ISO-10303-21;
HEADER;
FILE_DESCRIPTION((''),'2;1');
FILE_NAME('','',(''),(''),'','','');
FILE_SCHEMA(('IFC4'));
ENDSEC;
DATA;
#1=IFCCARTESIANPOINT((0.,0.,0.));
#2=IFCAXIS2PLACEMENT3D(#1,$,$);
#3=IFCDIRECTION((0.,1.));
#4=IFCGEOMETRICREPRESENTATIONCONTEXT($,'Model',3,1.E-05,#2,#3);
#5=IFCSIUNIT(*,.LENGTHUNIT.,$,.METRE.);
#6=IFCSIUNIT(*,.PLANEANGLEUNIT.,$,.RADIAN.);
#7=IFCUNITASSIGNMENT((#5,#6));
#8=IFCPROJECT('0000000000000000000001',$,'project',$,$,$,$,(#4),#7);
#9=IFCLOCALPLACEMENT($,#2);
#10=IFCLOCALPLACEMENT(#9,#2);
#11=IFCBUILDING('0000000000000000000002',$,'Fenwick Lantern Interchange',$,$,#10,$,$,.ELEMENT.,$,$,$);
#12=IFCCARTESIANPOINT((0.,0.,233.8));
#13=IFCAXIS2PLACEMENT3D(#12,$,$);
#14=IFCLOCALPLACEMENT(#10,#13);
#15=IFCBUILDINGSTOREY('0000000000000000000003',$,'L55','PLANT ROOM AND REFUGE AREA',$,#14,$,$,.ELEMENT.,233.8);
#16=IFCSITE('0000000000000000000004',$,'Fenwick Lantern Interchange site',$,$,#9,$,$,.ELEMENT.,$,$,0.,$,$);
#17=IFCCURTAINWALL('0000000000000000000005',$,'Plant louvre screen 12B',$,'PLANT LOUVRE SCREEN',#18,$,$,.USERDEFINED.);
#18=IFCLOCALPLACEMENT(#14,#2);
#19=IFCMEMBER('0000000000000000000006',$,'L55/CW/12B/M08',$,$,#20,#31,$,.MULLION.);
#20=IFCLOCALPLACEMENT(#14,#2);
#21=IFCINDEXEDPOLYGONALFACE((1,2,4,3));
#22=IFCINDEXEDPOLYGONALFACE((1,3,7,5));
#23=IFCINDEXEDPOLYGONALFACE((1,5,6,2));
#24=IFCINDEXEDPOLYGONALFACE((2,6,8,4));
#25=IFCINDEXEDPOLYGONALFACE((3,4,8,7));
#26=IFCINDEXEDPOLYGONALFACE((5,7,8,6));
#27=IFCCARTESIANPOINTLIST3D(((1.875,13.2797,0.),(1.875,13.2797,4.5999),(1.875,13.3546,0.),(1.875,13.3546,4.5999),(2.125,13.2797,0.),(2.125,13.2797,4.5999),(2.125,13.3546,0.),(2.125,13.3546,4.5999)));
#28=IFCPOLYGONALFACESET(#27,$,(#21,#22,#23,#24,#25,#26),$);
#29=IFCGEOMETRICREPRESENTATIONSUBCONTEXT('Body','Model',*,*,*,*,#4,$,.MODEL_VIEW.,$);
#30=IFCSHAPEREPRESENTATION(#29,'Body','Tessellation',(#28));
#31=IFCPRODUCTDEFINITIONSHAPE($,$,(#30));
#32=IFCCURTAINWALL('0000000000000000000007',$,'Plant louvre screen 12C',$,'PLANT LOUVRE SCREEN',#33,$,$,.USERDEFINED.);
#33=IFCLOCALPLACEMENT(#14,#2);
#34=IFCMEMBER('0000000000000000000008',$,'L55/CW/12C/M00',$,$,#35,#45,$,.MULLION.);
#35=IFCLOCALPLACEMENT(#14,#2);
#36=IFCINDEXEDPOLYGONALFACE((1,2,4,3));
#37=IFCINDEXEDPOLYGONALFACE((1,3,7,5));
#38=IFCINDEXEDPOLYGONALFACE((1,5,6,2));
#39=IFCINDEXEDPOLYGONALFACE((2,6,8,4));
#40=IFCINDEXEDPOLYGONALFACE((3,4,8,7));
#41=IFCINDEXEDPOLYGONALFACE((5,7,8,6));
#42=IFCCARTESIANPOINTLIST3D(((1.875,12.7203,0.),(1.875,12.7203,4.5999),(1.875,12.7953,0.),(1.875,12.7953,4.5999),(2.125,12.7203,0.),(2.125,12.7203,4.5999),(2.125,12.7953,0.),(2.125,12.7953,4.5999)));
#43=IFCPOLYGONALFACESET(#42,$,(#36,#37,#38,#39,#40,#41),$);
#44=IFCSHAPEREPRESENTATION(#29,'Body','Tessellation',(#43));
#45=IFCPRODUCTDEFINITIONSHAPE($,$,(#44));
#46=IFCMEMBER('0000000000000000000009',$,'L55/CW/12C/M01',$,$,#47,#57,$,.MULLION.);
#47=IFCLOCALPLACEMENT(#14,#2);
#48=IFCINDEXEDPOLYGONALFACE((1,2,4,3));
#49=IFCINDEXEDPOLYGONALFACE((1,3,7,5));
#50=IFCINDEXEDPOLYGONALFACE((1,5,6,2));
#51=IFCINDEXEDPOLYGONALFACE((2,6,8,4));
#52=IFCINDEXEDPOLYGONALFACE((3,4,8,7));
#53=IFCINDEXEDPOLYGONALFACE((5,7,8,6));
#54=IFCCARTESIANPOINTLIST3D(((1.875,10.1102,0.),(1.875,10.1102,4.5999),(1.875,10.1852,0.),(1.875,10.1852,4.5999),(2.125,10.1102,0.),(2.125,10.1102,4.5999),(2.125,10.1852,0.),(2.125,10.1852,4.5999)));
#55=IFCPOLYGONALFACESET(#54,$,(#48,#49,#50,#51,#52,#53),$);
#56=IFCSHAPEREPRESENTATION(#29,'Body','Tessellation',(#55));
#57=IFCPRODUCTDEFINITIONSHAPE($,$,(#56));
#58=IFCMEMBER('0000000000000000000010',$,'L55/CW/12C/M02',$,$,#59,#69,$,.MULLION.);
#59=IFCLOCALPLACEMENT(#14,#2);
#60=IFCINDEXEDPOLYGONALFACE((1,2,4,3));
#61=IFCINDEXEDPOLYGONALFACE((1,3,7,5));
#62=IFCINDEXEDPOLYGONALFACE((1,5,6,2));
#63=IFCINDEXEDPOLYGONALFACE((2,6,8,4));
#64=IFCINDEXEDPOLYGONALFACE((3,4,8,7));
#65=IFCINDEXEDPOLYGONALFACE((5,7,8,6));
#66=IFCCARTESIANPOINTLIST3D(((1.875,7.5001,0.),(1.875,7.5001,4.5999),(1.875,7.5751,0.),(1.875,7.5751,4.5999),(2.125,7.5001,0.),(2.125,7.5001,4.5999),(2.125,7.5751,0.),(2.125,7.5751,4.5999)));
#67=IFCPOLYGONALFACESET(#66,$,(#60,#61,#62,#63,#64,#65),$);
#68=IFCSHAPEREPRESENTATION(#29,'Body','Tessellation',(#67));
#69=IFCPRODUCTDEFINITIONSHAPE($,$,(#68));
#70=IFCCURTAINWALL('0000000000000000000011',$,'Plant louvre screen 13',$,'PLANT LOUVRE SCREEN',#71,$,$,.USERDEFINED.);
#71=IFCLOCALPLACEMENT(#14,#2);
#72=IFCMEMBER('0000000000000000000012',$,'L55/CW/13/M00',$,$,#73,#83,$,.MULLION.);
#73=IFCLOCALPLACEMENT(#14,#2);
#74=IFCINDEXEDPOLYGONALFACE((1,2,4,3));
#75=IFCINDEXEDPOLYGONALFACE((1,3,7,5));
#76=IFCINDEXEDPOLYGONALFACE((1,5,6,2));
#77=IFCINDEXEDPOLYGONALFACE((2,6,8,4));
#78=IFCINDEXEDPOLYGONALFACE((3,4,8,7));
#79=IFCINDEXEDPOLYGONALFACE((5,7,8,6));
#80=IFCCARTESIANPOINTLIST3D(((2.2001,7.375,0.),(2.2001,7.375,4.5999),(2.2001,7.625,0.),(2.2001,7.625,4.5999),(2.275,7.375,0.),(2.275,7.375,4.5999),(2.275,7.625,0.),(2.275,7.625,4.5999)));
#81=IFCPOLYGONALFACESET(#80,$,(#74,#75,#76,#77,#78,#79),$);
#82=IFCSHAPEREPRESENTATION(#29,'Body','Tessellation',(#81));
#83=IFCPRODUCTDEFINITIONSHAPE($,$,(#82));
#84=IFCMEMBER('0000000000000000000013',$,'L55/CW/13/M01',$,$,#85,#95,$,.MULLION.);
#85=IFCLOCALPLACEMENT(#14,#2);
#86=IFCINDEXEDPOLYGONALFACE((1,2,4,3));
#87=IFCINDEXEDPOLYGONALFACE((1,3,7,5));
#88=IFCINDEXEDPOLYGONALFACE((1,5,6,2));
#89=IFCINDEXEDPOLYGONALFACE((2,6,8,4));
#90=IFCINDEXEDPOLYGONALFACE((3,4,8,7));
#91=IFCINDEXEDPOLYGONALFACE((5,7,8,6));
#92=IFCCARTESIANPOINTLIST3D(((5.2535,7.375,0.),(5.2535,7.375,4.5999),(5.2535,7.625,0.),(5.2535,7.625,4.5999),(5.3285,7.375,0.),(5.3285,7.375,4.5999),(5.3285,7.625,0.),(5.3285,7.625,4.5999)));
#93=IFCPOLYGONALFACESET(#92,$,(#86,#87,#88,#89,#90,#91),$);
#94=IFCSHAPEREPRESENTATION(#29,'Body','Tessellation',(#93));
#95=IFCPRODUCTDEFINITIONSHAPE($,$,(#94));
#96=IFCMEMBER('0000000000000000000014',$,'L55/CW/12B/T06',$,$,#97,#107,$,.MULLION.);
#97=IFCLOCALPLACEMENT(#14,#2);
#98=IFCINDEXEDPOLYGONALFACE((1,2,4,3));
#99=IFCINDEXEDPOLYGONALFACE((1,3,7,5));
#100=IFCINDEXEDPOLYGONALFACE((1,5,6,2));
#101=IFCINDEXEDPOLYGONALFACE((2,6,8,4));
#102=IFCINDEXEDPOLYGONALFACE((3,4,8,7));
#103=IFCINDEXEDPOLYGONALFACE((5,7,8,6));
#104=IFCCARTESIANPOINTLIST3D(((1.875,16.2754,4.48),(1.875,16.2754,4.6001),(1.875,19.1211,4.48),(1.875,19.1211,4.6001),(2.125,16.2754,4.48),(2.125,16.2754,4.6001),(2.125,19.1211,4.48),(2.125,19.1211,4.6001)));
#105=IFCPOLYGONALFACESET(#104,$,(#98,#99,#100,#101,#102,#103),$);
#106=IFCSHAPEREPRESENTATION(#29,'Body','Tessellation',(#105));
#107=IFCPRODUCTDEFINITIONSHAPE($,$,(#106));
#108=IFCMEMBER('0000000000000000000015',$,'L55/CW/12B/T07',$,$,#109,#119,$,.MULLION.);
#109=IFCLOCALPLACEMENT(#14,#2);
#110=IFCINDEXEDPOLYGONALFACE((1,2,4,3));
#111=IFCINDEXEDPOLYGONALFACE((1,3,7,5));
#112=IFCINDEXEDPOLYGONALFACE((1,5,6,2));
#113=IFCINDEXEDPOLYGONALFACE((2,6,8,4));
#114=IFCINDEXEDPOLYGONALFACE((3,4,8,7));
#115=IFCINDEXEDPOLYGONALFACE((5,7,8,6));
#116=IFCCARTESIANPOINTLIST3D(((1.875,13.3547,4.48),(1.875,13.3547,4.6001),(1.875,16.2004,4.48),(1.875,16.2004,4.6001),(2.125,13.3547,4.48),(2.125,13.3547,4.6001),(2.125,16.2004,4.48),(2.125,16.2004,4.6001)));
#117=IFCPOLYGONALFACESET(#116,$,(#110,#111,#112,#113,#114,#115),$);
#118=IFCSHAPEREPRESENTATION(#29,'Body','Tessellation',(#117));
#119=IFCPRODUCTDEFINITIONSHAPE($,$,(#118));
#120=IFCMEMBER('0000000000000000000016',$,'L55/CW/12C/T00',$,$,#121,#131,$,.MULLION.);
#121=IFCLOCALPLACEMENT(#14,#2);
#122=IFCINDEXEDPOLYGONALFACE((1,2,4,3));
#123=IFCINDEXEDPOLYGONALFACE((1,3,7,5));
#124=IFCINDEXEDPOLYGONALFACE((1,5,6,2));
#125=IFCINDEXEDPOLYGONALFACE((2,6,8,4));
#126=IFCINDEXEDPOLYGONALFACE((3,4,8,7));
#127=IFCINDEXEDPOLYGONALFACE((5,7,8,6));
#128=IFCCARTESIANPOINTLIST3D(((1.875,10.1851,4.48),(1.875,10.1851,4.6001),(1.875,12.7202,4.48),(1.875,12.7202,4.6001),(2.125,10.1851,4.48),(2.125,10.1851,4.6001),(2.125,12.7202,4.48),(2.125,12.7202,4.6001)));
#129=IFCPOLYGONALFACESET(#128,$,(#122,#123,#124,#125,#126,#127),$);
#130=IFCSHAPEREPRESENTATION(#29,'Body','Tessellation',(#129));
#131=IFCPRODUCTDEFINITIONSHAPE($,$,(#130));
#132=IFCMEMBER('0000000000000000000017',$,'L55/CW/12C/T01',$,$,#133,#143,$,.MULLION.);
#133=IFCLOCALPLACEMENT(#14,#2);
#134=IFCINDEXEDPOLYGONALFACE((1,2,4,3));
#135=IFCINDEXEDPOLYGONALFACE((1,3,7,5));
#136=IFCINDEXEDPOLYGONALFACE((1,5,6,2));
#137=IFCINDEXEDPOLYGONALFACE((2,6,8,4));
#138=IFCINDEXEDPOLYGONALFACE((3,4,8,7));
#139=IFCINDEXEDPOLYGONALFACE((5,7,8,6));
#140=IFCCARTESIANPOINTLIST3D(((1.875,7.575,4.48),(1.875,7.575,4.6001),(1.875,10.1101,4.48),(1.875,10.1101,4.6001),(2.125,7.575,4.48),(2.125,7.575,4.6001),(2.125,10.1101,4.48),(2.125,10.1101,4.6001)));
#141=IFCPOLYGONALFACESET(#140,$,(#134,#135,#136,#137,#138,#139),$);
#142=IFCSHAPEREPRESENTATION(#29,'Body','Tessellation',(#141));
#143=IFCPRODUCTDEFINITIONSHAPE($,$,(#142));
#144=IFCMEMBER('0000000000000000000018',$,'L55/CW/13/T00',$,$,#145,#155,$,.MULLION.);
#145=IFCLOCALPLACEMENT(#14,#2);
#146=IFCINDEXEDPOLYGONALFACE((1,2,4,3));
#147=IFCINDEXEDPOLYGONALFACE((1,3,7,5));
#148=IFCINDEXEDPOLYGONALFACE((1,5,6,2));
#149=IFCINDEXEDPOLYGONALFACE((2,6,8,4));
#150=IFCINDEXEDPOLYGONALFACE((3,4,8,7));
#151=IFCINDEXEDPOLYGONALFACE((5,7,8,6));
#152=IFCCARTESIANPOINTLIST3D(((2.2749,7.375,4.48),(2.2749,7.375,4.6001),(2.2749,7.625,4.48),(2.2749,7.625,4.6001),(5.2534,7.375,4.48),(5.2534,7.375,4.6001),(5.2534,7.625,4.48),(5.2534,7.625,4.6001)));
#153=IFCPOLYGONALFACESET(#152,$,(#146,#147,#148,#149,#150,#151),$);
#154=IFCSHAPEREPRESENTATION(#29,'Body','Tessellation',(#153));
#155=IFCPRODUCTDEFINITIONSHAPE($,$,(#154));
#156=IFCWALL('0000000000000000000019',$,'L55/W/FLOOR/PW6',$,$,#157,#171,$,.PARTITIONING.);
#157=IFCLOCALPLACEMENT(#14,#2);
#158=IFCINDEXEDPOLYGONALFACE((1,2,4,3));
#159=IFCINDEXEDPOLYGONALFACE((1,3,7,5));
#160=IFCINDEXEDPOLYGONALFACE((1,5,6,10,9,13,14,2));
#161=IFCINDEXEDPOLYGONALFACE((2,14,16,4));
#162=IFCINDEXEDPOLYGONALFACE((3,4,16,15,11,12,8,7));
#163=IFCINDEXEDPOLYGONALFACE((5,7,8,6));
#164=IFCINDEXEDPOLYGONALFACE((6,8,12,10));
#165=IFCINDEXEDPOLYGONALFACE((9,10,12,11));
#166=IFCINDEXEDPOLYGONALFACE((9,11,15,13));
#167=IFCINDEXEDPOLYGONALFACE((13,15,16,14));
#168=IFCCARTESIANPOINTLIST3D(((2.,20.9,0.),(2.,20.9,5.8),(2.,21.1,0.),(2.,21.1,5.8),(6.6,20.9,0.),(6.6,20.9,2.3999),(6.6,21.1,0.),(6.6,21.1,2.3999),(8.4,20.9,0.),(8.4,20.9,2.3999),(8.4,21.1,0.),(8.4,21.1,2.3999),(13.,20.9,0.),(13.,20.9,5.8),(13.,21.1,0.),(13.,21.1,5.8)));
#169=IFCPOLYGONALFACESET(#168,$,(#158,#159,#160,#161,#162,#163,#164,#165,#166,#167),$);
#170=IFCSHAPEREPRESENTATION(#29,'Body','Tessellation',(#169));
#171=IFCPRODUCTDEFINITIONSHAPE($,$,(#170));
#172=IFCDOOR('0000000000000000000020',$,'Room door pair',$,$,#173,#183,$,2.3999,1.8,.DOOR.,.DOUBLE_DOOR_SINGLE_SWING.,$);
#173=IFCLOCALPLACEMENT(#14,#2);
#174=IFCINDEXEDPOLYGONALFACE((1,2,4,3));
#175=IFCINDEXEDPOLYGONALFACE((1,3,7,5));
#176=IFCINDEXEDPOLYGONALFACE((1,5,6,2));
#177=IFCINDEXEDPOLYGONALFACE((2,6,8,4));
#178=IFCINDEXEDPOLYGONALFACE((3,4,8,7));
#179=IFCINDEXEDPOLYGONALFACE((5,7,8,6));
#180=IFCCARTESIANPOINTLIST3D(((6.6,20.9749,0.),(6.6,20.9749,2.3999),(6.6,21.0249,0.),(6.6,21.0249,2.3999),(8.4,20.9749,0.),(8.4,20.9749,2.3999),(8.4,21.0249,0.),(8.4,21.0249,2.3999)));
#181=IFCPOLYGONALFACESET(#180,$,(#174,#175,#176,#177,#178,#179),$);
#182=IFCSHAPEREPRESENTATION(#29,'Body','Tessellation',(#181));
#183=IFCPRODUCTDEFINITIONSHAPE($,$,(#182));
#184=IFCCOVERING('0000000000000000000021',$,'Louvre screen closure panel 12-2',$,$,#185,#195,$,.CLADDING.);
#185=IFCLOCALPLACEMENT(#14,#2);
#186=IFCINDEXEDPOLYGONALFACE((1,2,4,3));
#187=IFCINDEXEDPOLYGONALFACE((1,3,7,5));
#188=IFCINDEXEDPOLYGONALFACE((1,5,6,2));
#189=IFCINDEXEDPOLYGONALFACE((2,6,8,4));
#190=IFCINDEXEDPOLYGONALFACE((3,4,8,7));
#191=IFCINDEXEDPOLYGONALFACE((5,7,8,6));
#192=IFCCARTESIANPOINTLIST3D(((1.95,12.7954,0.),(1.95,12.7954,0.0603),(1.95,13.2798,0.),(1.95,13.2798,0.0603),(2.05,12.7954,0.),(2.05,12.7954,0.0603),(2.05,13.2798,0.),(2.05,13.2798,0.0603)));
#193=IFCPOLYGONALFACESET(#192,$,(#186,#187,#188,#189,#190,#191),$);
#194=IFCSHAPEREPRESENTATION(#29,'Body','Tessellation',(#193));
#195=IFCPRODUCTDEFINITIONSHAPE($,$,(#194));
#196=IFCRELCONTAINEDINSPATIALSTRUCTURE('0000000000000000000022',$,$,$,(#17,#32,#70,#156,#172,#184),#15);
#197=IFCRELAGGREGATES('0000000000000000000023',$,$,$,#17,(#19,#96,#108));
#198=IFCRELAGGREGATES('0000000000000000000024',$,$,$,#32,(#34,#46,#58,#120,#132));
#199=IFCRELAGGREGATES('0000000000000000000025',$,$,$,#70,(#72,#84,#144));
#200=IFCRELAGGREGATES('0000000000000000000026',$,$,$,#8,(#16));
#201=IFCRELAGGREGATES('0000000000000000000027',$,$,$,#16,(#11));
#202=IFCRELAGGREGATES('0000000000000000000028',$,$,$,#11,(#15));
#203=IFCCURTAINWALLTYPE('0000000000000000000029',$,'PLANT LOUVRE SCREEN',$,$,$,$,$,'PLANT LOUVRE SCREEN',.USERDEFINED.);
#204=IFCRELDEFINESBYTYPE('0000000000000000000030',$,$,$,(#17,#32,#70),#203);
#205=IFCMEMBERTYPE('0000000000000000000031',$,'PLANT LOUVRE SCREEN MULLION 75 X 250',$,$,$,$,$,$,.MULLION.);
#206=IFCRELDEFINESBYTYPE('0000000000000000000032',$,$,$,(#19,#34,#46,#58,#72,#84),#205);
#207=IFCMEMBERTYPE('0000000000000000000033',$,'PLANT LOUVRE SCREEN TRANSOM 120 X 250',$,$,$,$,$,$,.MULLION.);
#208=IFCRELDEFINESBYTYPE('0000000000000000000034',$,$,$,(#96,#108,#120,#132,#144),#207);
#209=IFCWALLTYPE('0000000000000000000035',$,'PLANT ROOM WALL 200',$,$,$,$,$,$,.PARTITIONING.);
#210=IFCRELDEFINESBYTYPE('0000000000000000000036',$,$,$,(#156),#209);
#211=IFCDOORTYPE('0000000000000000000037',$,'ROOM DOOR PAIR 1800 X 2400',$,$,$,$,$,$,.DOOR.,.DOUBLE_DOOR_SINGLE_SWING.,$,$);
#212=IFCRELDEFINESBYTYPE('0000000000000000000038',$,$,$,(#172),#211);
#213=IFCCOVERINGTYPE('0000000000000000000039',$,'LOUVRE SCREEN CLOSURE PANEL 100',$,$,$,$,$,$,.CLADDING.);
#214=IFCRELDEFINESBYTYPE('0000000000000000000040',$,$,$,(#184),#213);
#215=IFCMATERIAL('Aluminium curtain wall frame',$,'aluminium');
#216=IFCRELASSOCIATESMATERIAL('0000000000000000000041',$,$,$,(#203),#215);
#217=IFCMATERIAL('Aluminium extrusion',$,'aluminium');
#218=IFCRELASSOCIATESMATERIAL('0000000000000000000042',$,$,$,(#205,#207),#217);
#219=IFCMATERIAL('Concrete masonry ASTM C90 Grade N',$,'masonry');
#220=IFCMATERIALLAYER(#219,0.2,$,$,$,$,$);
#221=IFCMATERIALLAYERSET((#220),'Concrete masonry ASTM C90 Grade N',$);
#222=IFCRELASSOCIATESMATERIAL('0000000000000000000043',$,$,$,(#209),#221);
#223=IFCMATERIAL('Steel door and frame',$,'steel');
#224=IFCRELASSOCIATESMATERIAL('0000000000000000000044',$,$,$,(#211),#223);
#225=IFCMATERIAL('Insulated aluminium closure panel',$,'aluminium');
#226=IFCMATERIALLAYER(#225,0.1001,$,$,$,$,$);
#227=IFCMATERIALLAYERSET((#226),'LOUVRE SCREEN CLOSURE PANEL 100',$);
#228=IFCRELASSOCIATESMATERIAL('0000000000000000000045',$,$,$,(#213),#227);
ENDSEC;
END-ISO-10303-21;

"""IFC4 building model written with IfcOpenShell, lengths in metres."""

from ifc_helpers import new_model, si_unit, direction, frame, frame_2d, origin, origin_2d, place, context, subcontext, project, spatial, rectangle, extrude, material, layer, layer_set, material_profile, profile_set, type_object, element, fill, aggregate, save


model = new_model("IFC4")

# Units and contexts
model_context = context("Model", 3, precision=1e-05, world=origin(), true_north=direction((0.0, 1.0)))
body_context = subcontext(model_context, "Body", "Model", "MODEL_VIEW")
ifc_project = project(units=[si_unit("LENGTHUNIT", "METRE"), si_unit("PLANEANGLEUNIT", "RADIAN")], contexts=[model_context])

# Site, building, storey
site_placement = place(None, origin())
site = spatial("IfcSite", under=ifc_project, at=site_placement, Name="Fenwick Lantern Interchange site", CompositionType="ELEMENT", RefElevation=0.0)
building_placement = place(site_placement, origin())
building = spatial("IfcBuilding", under=site, at=building_placement, Name="Fenwick Lantern Interchange", CompositionType="ELEMENT")
storey_placement = place(building_placement, frame((0.0, 0.0, 233.8)))
storey = spatial("IfcBuildingStorey", under=building, at=storey_placement, Name="L55", Description="PLANT ROOM AND REFUGE AREA", CompositionType="ELEMENT", Elevation=233.8)

# Curtain walls, members
ifc_material_1 = material(Name="Aluminium curtain wall frame", Category="aluminium")
curtain_wall_type = type_object("IfcCurtainWallType", Name="PLANT LOUVRE SCREEN", ElementType="PLANT LOUVRE SCREEN", PredefinedType="USERDEFINED", material=ifc_material_1)
curtain_wall_1_placement = place(storey_placement, origin())
curtain_wall_1 = element("IfcCurtainWall", 1, at=curtain_wall_1_placement, inside=storey, type_object=curtain_wall_type, Name="Plant louvre screen 12B", ObjectType="PLANT LOUVRE SCREEN", PredefinedType="USERDEFINED")
ifc_material_2 = material(Name="Aluminium extrusion", Category="aluminium")
ifc_material_profile_1 = material_profile(ifc_material_2, rectangle(XDim=0.25, YDim=0.075, at=origin_2d()), Name="PLANT LOUVRE SCREEN MULLION 75 X 250")
ifc_profile_set_1 = profile_set([ifc_material_profile_1], Name="Aluminium extrusion")
member_type_1 = type_object("IfcMemberType", Name="PLANT LOUVRE SCREEN MULLION 75 X 250", PredefinedType="MULLION", material=ifc_profile_set_1)
member_1_placement = place(storey_placement, frame((2.0, 13.3171, 0.0), z_axis=(0.0, 0.0, 1.0), x_axis=(1.0, 0.0, 0.0)))
member_1 = element("IfcMember", 2, at=member_1_placement, type_object=member_type_1, Name="L55/CW/12B/M08", PredefinedType="MULLION", context=body_context, shape_type="SweptSolid", body=[
    extrude(rectangle(XDim=0.25, YDim=0.075, at=origin_2d()), origin(), (0.0, 0.0, 1.0), 4.5999),
])
curtain_wall_2_placement = place(storey_placement, origin())
curtain_wall_2 = element("IfcCurtainWall", 3, at=curtain_wall_2_placement, inside=storey, type_object=curtain_wall_type, Name="Plant louvre screen 12C", ObjectType="PLANT LOUVRE SCREEN", PredefinedType="USERDEFINED")
member_2_placement = place(storey_placement, frame((2.0, 12.7578, 0.0), z_axis=(0.0, 0.0, 1.0), x_axis=(1.0, 0.0, 0.0)))
member_2 = element("IfcMember", 4, at=member_2_placement, type_object=member_type_1, Name="L55/CW/12C/M00", PredefinedType="MULLION", context=body_context, shape_type="SweptSolid", body=[
    extrude(rectangle(XDim=0.25, YDim=0.075, at=origin_2d()), origin(), (0.0, 0.0, 1.0), 4.5999),
])
member_3_placement = place(storey_placement, frame((2.0, 10.1477, 0.0), z_axis=(0.0, 0.0, 1.0), x_axis=(1.0, 0.0, 0.0)))
member_3 = element("IfcMember", 5, at=member_3_placement, type_object=member_type_1, Name="L55/CW/12C/M01", PredefinedType="MULLION", context=body_context, shape_type="SweptSolid", body=[
    extrude(rectangle(XDim=0.25, YDim=0.075, at=origin_2d()), origin(), (0.0, 0.0, 1.0), 4.5999),
])
member_4_placement = place(storey_placement, frame((2.0, 7.5376, 0.0), z_axis=(0.0, 0.0, 1.0), x_axis=(1.0, 0.0, 0.0)))
member_4 = element("IfcMember", 6, at=member_4_placement, type_object=member_type_1, Name="L55/CW/12C/M02", PredefinedType="MULLION", context=body_context, shape_type="SweptSolid", body=[
    extrude(rectangle(XDim=0.25, YDim=0.075, at=origin_2d()), origin(), (0.0, 0.0, 1.0), 4.5999),
])
curtain_wall_3_placement = place(storey_placement, origin())
curtain_wall_3 = element("IfcCurtainWall", 7, at=curtain_wall_3_placement, inside=storey, type_object=curtain_wall_type, Name="Plant louvre screen 13", ObjectType="PLANT LOUVRE SCREEN", PredefinedType="USERDEFINED")
member_5_placement = place(storey_placement, frame((2.2375, 7.5, 0.0), z_axis=(0.0, 0.0, 1.0), x_axis=(0.0, 1.0, 0.0)))
member_5 = element("IfcMember", 8, at=member_5_placement, type_object=member_type_1, Name="L55/CW/13/M00", PredefinedType="MULLION", context=body_context, shape_type="SweptSolid", body=[
    extrude(rectangle(XDim=0.25, YDim=0.075, at=origin_2d()), origin(), (0.0, 0.0, 1.0), 4.5999),
])
member_6_placement = place(storey_placement, frame((5.291, 7.5, 0.0), z_axis=(0.0, 0.0, 1.0), x_axis=(0.0, 1.0, 0.0)))
member_6 = element("IfcMember", 9, at=member_6_placement, type_object=member_type_1, Name="L55/CW/13/M01", PredefinedType="MULLION", context=body_context, shape_type="SweptSolid", body=[
    extrude(rectangle(XDim=0.25, YDim=0.075, at=origin_2d()), origin(), (0.0, 0.0, 1.0), 4.5999),
])

# Members
ifc_material_profile_2 = material_profile(ifc_material_2, rectangle(XDim=0.25, YDim=0.1201, at=origin_2d()), Name="PLANT LOUVRE SCREEN TRANSOM 120 X 250")
ifc_profile_set_2 = profile_set([ifc_material_profile_2], Name="Aluminium extrusion")
member_type_2 = type_object("IfcMemberType", Name="PLANT LOUVRE SCREEN TRANSOM 120 X 250", PredefinedType="MULLION", material=ifc_profile_set_2)
member_7_placement = place(storey_placement, frame((2.0, 19.1211, 4.54), z_axis=(0.0, -1.0, 0.0), x_axis=(1.0, 0.0, 0.0)))
member_7 = element("IfcMember", 10, at=member_7_placement, type_object=member_type_2, Name="L55/CW/12B/T06", PredefinedType="MULLION", context=body_context, shape_type="SweptSolid", body=[
    extrude(rectangle(XDim=0.25, YDim=0.1201, at=origin_2d()), origin(), (0.0, 0.0, 1.0), 2.8457),
])
member_8_placement = place(storey_placement, frame((2.0, 16.2004, 4.54), z_axis=(0.0, -1.0, 0.0), x_axis=(1.0, 0.0, 0.0)))
member_8 = element("IfcMember", 11, at=member_8_placement, type_object=member_type_2, Name="L55/CW/12B/T07", PredefinedType="MULLION", context=body_context, shape_type="SweptSolid", body=[
    extrude(rectangle(XDim=0.25, YDim=0.1201, at=origin_2d()), origin(), (0.0, 0.0, 1.0), 2.8457),
])
member_9_placement = place(storey_placement, frame((2.0, 12.7202, 4.54), z_axis=(0.0, -1.0, 0.0), x_axis=(1.0, 0.0, 0.0)))
member_9 = element("IfcMember", 12, at=member_9_placement, type_object=member_type_2, Name="L55/CW/12C/T00", PredefinedType="MULLION", context=body_context, shape_type="SweptSolid", body=[
    extrude(rectangle(XDim=0.25, YDim=0.1201, at=origin_2d()), origin(), (0.0, 0.0, 1.0), 2.5352),
])
member_10_placement = place(storey_placement, frame((2.0, 10.1101, 4.54), z_axis=(0.0, -1.0, 0.0), x_axis=(1.0, 0.0, 0.0)))
member_10 = element("IfcMember", 13, at=member_10_placement, type_object=member_type_2, Name="L55/CW/12C/T01", PredefinedType="MULLION", context=body_context, shape_type="SweptSolid", body=[
    extrude(rectangle(XDim=0.25, YDim=0.1201, at=origin_2d()), origin(), (0.0, 0.0, 1.0), 2.5352),
])
member_11_placement = place(storey_placement, frame((2.2749, 7.5, 4.54), z_axis=(1.0, 0.0, 0.0), x_axis=(0.0, 1.0, 0.0)))
member_11 = element("IfcMember", 14, at=member_11_placement, type_object=member_type_2, Name="L55/CW/13/T00", PredefinedType="MULLION", context=body_context, shape_type="SweptSolid", body=[
    extrude(rectangle(XDim=0.25, YDim=0.1201, at=origin_2d()), origin(), (0.0, 0.0, 1.0), 2.9785),
])

# Wall, opening, door
ifc_material_3 = material(Name="Concrete masonry ASTM C90 Grade N", Category="masonry")
ifc_layer_1 = layer(ifc_material_3, 0.2)
ifc_layer_set_1 = layer_set([ifc_layer_1], Name="Concrete masonry ASTM C90 Grade N")
wall_type = type_object("IfcWallType", Name="PLANT ROOM WALL 200", PredefinedType="PARTITIONING", material=ifc_layer_set_1)
wall_placement = place(storey_placement, frame((2.0, 21.0, 0.0), z_axis=(0.0, 0.0, 1.0), x_axis=(1.0, 0.0, 0.0)))
wall = element("IfcWall", 15, at=wall_placement, inside=storey, type_object=wall_type, Name="L55/W/FLOOR/PW6", PredefinedType="PARTITIONING", context=body_context, shape_type="SweptSolid", body=[
    extrude(rectangle(XDim=11.0, YDim=0.2, at=frame_2d((5.5, 0.0))), origin(), (0.0, 0.0, 1.0), 5.8),
])
opening_placement = place(wall_placement, frame((4.6001, 0.0, 0.0)))
opening = element("IfcOpeningElement", 16, at=opening_placement, cuts=wall, PredefinedType="OPENING", context=body_context, shape_type="SweptSolid", body=[
    extrude(rectangle(XDim=1.8, YDim=2.3999, at=frame_2d((0.8999, 1.2))), frame((0.0, 0.1099, 0.0), z_axis=(0.0, -1.0, 0.0), x_axis=(1.0, 0.0, 0.0)), (0.0, 0.0, 1.0), 0.22),
])
ifc_material_4 = material(Name="Steel door and frame", Category="steel")
door_type = type_object("IfcDoorType", Name="ROOM DOOR PAIR 1800 X 2400", OperationType="DOUBLE_DOOR_SINGLE_SWING", PredefinedType="DOOR", material=ifc_material_4)
door_placement = place(opening_placement, origin())
door = element("IfcDoor", 17, at=door_placement, inside=storey, type_object=door_type, Name="Room door pair", OperationType="DOUBLE_DOOR_SINGLE_SWING", OverallHeight=2.3999, OverallWidth=1.8, PredefinedType="DOOR", context=body_context, shape_type="SweptSolid", body=[
    extrude(rectangle(XDim=1.8, YDim=2.3999, at=frame_2d((0.8999, 1.2))), frame((0.0, 0.0249, 0.0), z_axis=(0.0, -1.0, 0.0), x_axis=(1.0, 0.0, 0.0)), (0.0, 0.0, 1.0), 0.05),
])
fill(opening, door)

# Covering
ifc_material_5 = material(Name="Insulated aluminium closure panel", Category="aluminium")
ifc_layer_2 = layer(ifc_material_5, 0.1001)
ifc_layer_set_2 = layer_set([ifc_layer_2], Name="LOUVRE SCREEN CLOSURE PANEL 100")
covering_type = type_object("IfcCoveringType", Name="LOUVRE SCREEN CLOSURE PANEL 100", PredefinedType="CLADDING", material=ifc_layer_set_2)
covering_placement = place(storey_placement, frame((2.0, 13.0376, 0.0), z_axis=(0.0, 0.0, 1.0), x_axis=(0.0, -1.0, 0.0)))
element("IfcCovering", 18, at=covering_placement, inside=storey, type_object=covering_type, Name="Louvre screen closure panel 12-2", PredefinedType="CLADDING", context=body_context, shape_type="SweptSolid", body=[
    extrude(rectangle(XDim=0.4844, YDim=0.1001, at=origin_2d()), origin(), (0.0, 0.0, 1.0), 0.0603),
])

aggregate(curtain_wall_1, [member_1, member_7, member_8])
aggregate(curtain_wall_2, [member_2, member_3, member_4, member_9, member_10])
aggregate(curtain_wall_3, [member_5, member_6, member_11])

save(model, "model.ifc")
